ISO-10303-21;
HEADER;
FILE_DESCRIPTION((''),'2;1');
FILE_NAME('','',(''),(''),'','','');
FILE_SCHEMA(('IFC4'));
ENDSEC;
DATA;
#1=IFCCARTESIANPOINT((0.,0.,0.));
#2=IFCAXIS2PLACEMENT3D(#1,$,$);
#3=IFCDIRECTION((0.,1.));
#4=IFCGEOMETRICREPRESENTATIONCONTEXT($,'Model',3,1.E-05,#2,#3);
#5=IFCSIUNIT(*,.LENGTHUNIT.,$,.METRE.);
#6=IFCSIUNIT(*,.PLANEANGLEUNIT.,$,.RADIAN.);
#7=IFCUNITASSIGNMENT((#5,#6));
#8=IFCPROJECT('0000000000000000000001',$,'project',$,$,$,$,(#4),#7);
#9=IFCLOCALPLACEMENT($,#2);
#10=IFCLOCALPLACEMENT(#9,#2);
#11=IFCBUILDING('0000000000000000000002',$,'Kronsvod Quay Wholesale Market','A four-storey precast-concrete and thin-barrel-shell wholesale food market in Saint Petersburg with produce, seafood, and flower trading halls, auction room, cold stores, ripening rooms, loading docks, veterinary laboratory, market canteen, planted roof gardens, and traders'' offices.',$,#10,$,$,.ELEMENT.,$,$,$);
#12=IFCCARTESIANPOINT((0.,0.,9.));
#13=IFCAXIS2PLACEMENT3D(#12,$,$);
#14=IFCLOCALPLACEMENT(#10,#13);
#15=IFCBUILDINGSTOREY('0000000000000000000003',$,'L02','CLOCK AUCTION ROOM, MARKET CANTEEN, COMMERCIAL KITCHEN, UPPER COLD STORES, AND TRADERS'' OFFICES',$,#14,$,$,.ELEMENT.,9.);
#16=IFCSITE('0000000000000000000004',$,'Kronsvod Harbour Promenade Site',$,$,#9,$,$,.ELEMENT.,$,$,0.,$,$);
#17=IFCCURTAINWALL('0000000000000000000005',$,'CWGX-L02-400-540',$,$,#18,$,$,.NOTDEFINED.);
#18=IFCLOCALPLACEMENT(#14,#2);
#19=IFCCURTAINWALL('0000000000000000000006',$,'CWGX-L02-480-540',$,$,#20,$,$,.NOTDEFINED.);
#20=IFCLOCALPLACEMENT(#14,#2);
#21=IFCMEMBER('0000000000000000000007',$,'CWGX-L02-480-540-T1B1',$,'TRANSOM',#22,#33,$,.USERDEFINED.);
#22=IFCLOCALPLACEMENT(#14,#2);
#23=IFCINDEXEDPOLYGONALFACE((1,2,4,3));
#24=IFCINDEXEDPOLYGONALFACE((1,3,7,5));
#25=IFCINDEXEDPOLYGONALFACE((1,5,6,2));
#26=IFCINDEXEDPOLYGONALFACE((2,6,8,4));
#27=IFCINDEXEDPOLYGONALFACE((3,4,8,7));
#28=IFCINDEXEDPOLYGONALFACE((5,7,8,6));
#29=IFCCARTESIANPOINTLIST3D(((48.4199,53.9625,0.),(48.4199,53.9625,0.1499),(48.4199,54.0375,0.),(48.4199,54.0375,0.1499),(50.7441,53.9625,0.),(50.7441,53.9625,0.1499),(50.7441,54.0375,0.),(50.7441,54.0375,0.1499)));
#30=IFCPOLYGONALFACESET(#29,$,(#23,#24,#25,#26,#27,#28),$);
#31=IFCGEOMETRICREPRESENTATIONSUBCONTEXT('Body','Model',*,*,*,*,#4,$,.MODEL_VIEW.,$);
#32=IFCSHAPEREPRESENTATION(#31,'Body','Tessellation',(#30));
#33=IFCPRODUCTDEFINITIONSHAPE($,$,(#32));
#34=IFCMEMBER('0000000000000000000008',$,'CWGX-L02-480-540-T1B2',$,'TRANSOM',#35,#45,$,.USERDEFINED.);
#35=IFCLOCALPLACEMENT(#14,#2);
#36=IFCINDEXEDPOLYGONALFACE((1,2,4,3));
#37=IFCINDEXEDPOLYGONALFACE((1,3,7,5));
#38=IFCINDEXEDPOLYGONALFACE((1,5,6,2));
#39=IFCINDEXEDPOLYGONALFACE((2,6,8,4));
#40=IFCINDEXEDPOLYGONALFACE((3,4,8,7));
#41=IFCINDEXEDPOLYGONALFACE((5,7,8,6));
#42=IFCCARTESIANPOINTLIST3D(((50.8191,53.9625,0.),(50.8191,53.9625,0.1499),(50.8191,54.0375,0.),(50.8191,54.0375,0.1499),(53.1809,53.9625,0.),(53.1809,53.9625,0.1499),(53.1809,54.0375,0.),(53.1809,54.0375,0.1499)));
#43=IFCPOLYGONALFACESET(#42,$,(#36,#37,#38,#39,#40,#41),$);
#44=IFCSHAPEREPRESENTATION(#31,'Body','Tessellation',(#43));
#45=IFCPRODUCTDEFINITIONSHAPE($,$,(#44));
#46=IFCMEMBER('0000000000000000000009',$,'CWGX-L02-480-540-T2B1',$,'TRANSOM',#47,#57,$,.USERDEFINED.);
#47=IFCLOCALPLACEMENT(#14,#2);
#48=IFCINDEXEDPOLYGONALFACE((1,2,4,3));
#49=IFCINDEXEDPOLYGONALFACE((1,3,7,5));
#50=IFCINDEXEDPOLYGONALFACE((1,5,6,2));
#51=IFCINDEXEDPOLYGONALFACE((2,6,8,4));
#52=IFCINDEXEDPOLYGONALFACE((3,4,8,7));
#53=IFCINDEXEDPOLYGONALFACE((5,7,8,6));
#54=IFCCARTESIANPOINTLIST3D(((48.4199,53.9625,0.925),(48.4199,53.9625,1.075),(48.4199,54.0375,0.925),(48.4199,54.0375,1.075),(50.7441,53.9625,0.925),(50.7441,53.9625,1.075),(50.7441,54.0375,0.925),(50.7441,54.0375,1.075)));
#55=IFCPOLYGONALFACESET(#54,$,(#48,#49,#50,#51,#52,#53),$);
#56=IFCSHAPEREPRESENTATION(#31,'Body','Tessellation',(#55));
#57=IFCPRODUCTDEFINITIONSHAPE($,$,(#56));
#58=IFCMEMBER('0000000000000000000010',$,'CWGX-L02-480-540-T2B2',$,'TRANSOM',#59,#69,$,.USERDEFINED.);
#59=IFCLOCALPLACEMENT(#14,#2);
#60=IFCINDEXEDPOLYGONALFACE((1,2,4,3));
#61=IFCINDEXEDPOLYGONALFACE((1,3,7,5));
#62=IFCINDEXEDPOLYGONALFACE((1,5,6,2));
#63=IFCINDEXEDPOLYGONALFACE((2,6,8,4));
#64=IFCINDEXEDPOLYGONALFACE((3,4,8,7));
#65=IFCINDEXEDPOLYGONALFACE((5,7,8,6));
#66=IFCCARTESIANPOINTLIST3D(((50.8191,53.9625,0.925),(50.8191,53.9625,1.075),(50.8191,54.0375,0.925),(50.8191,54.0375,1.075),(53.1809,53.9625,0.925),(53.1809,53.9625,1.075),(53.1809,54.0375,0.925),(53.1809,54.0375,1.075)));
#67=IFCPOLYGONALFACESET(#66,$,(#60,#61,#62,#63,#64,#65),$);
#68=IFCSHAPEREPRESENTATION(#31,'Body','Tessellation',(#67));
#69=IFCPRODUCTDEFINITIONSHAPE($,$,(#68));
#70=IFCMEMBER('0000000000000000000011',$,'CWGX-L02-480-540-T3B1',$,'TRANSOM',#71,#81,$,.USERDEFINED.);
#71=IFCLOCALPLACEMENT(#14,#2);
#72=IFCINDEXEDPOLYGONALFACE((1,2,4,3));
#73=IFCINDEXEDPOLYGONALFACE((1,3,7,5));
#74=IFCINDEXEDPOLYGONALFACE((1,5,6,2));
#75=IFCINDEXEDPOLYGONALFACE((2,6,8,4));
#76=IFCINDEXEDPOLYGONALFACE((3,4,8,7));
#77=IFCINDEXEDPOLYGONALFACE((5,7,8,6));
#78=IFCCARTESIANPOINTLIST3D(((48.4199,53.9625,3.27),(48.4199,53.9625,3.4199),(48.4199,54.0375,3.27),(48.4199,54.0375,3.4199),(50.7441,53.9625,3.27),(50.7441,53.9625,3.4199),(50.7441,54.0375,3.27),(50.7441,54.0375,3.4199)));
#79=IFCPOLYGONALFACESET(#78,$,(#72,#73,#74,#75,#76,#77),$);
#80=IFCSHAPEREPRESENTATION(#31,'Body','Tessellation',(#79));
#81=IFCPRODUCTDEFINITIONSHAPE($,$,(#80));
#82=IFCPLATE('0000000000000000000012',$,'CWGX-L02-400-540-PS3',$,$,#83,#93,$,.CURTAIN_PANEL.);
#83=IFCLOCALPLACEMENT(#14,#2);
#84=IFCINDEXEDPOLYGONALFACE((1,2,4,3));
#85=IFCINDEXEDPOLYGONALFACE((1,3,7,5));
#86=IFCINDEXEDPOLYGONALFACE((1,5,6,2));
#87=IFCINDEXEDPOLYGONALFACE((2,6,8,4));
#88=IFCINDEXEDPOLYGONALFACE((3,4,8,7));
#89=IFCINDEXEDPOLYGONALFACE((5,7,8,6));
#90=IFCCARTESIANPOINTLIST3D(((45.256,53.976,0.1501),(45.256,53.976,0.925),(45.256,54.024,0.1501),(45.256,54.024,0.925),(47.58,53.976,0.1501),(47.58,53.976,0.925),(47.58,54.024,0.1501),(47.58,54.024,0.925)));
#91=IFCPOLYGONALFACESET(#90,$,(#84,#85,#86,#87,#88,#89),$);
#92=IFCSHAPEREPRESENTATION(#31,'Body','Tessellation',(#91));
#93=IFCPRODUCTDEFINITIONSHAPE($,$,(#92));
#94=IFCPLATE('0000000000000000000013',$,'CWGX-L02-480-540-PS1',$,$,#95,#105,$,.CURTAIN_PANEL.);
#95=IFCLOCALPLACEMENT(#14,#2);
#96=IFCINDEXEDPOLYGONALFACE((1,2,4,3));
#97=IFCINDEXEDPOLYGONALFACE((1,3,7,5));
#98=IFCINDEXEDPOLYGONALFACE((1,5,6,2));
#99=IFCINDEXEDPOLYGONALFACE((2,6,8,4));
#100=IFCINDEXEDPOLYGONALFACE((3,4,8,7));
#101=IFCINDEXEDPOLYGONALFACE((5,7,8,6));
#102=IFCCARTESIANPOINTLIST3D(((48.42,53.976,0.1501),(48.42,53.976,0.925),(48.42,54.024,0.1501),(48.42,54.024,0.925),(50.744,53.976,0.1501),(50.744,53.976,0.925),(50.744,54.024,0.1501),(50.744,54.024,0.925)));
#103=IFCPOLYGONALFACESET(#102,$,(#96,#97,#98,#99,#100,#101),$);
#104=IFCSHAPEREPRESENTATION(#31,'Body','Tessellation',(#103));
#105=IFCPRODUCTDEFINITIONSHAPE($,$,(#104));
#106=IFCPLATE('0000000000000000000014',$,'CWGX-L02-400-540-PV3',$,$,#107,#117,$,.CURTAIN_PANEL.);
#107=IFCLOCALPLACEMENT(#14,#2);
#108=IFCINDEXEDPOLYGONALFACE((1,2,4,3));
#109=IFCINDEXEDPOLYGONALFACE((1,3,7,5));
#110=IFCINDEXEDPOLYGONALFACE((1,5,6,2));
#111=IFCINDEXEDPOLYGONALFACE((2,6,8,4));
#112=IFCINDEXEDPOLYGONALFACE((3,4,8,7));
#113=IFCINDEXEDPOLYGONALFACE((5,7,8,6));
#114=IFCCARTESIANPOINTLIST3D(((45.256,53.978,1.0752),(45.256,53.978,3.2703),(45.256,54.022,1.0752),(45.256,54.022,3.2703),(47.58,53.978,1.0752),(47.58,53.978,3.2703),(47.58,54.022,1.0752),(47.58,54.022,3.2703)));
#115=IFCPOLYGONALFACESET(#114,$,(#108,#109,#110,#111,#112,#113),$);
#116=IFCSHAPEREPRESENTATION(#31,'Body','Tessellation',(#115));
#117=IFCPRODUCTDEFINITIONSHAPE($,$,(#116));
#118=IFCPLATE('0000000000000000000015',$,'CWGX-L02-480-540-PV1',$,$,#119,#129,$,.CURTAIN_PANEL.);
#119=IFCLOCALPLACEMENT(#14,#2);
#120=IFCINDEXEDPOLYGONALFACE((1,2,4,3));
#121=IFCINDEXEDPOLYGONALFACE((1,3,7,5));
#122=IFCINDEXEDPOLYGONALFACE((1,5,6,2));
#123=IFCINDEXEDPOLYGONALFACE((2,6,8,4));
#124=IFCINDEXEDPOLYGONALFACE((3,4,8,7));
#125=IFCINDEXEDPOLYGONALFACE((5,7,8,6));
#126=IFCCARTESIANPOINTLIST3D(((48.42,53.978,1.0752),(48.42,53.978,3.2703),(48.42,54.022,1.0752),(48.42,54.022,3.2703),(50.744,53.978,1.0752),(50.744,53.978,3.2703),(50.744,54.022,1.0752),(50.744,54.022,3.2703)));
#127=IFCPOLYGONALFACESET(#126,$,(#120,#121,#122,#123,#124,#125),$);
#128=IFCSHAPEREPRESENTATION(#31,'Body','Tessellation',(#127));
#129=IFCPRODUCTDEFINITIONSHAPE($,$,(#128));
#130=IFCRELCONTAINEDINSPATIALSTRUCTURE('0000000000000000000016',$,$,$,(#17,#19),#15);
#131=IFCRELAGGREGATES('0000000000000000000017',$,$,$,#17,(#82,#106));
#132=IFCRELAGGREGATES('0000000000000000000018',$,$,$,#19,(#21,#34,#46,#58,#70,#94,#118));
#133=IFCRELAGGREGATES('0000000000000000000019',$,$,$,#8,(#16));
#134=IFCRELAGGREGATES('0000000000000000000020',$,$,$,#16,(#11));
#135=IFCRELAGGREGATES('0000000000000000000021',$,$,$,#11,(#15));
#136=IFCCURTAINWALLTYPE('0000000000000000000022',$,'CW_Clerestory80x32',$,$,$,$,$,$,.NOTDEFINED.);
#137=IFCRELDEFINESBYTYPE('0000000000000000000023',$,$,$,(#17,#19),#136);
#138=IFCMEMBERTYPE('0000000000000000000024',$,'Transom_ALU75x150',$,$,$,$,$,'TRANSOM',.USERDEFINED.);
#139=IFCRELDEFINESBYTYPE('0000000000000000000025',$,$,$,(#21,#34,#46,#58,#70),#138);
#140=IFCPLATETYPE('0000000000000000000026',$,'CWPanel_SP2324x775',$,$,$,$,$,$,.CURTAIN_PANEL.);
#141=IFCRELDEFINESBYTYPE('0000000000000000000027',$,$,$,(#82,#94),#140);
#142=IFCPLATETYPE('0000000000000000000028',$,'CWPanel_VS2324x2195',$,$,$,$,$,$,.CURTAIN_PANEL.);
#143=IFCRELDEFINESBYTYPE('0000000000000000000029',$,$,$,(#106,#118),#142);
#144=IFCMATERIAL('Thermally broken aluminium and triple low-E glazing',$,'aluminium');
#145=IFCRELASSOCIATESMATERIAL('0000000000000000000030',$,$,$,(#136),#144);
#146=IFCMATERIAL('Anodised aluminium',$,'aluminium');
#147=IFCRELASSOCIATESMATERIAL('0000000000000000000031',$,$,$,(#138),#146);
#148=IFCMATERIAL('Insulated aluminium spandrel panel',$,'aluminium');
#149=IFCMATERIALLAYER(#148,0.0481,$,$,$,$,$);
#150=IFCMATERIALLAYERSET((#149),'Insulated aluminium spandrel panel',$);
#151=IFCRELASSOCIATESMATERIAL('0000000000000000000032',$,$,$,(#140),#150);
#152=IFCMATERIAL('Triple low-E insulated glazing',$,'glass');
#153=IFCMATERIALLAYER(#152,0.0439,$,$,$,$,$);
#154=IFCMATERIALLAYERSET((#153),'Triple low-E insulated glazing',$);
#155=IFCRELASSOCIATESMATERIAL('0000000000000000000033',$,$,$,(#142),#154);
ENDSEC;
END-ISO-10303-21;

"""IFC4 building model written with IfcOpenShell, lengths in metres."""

from ifc_helpers import new_model, si_unit, direction, frame, origin, origin_2d, place, context, subcontext, project, spatial, rectangle, extrude, material, layer, layer_set, material_profile, profile_set, type_object, element, aggregate, save


model = new_model("IFC4")

# Units and contexts
model_context = context("Model", 3, precision=1e-05, world=origin(), true_north=direction((0.0, 1.0)))
body_context = subcontext(model_context, "Body", "Model", "MODEL_VIEW")
ifc_project = project(units=[si_unit("LENGTHUNIT", "METRE"), si_unit("PLANEANGLEUNIT", "RADIAN")], contexts=[model_context])

# Site, building, storey
site_placement = place(None, origin())
site = spatial("IfcSite", under=ifc_project, at=site_placement, Name="Kronsvod Harbour Promenade Site", CompositionType="ELEMENT", RefElevation=0.0)
building_placement = place(site_placement, origin())
building = spatial("IfcBuilding", under=site, at=building_placement, Name="Kronsvod Quay Wholesale Market", Description="A four-storey precast-concrete and thin-barrel-shell wholesale food market in Saint Petersburg with produce, seafood, and flower trading halls, auction room, cold stores, ripening rooms, loading docks, veterinary laboratory, market canteen, planted roof gardens, and traders' offices.", CompositionType="ELEMENT")
storey_placement = place(building_placement, frame((0.0, 0.0, 9.0)))
storey = spatial("IfcBuildingStorey", under=building, at=storey_placement, Name="L02", Description="CLOCK AUCTION ROOM, MARKET CANTEEN, COMMERCIAL KITCHEN, UPPER COLD STORES, AND TRADERS' OFFICES", CompositionType="ELEMENT", Elevation=9.0)

# Curtain walls
ifc_material_1 = material(Name="Thermally broken aluminium and triple low-E glazing", Category="aluminium")
curtain_wall_type = type_object("IfcCurtainWallType", Name="CW_Clerestory80x32", PredefinedType="NOTDEFINED", material=ifc_material_1)
curtain_wall_1_placement = place(storey_placement, origin())
curtain_wall_1 = element("IfcCurtainWall", 1, at=curtain_wall_1_placement, inside=storey, type_object=curtain_wall_type, Name="CWGX-L02-400-540", PredefinedType="NOTDEFINED")
curtain_wall_2_placement = place(storey_placement, origin())
curtain_wall_2 = element("IfcCurtainWall", 2, at=curtain_wall_2_placement, inside=storey, type_object=curtain_wall_type, Name="CWGX-L02-480-540", PredefinedType="NOTDEFINED")

# Members
ifc_material_2 = material(Name="Anodised aluminium", Category="aluminium")
ifc_material_profile_1 = material_profile(ifc_material_2, rectangle(XDim=0.075, YDim=0.1499, at=origin_2d()), Name="ALUT75x150")
ifc_profile_set_1 = profile_set([ifc_material_profile_1], Name="Anodised aluminium")
member_type_1 = type_object("IfcMemberType", Name="Transom_ALU75x150", ElementType="TRANSOM", PredefinedType="USERDEFINED", material=ifc_profile_set_1)
member_1_placement = place(storey_placement, frame((48.4199, 54.0, 0.075), z_axis=(1.0, 0.0, 0.0), x_axis=(0.0, 1.0, 0.0)))
member_1 = element("IfcMember", 3, at=member_1_placement, type_object=member_type_1, Name="CWGX-L02-480-540-T1B1", ObjectType="TRANSOM", PredefinedType="USERDEFINED", context=body_context, shape_type="SweptSolid", body=[
    extrude(rectangle(XDim=0.075, YDim=0.1499, at=origin_2d()), origin(), (0.0, 0.0, 1.0), 2.3242),
])
member_2_placement = place(storey_placement, frame((50.8191, 54.0, 0.075), z_axis=(1.0, 0.0, 0.0), x_axis=(0.0, 1.0, 0.0)))
member_2 = element("IfcMember", 4, at=member_2_placement, type_object=member_type_1, Name="CWGX-L02-480-540-T1B2", ObjectType="TRANSOM", PredefinedType="USERDEFINED", context=body_context, shape_type="SweptSolid", body=[
    extrude(rectangle(XDim=0.075, YDim=0.1499, at=origin_2d()), origin(), (0.0, 0.0, 1.0), 2.3618),
])
member_3_placement = place(storey_placement, frame((48.4199, 54.0, 1.0), z_axis=(1.0, 0.0, 0.0), x_axis=(0.0, 1.0, 0.0)))
member_3 = element("IfcMember", 5, at=member_3_placement, type_object=member_type_1, Name="CWGX-L02-480-540-T2B1", ObjectType="TRANSOM", PredefinedType="USERDEFINED", context=body_context, shape_type="SweptSolid", body=[
    extrude(rectangle(XDim=0.075, YDim=0.1499, at=origin_2d()), origin(), (0.0, 0.0, 1.0), 2.3242),
])
member_4_placement = place(storey_placement, frame((50.8191, 54.0, 1.0), z_axis=(1.0, 0.0, 0.0), x_axis=(0.0, 1.0, 0.0)))
member_4 = element("IfcMember", 6, at=member_4_placement, type_object=member_type_1, Name="CWGX-L02-480-540-T2B2", ObjectType="TRANSOM", PredefinedType="USERDEFINED", context=body_context, shape_type="SweptSolid", body=[
    extrude(rectangle(XDim=0.075, YDim=0.1499, at=origin_2d()), origin(), (0.0, 0.0, 1.0), 2.3618),
])
member_5_placement = place(storey_placement, frame((48.4199, 54.0, 3.345), z_axis=(1.0, 0.0, 0.0), x_axis=(0.0, 1.0, 0.0)))
member_5 = element("IfcMember", 7, at=member_5_placement, type_object=member_type_1, Name="CWGX-L02-480-540-T3B1", ObjectType="TRANSOM", PredefinedType="USERDEFINED", context=body_context, shape_type="SweptSolid", body=[
    extrude(rectangle(XDim=0.075, YDim=0.1499, at=origin_2d()), origin(), (0.0, 0.0, 1.0), 2.3242),
])

# Plates
ifc_material_3 = material(Name="Insulated aluminium spandrel panel", Category="aluminium")
ifc_layer_1 = layer(ifc_material_3, 0.0481)
ifc_layer_set_1 = layer_set([ifc_layer_1], Name="Insulated aluminium spandrel panel")
plate_type_1 = type_object("IfcPlateType", Name="CWPanel_SP2324x775", PredefinedType="CURTAIN_PANEL", material=ifc_layer_set_1)
plate_1_placement = place(storey_placement, frame((46.418, 54.0, 0.1501), z_axis=(0.0, 0.0, 1.0), x_axis=(1.0, 0.0, 0.0)))
plate_1 = element("IfcPlate", 8, at=plate_1_placement, type_object=plate_type_1, Name="CWGX-L02-400-540-PS3", PredefinedType="CURTAIN_PANEL", context=body_context, shape_type="SweptSolid", body=[
    extrude(rectangle(XDim=2.324, YDim=0.0481, at=origin_2d()), origin(), (0.0, 0.0, 1.0), 0.7749),
])
plate_2_placement = place(storey_placement, frame((49.582, 54.0, 0.1501), z_axis=(0.0, 0.0, 1.0), x_axis=(1.0, 0.0, 0.0)))
plate_2 = element("IfcPlate", 9, at=plate_2_placement, type_object=plate_type_1, Name="CWGX-L02-480-540-PS1", PredefinedType="CURTAIN_PANEL", context=body_context, shape_type="SweptSolid", body=[
    extrude(rectangle(XDim=2.324, YDim=0.0481, at=origin_2d()), origin(), (0.0, 0.0, 1.0), 0.7749),
])
ifc_material_4 = material(Name="Triple low-E insulated glazing", Category="glass")
ifc_layer_2 = layer(ifc_material_4, 0.0439)
ifc_layer_set_2 = layer_set([ifc_layer_2], Name="Triple low-E insulated glazing")
plate_type_2 = type_object("IfcPlateType", Name="CWPanel_VS2324x2195", PredefinedType="CURTAIN_PANEL", material=ifc_layer_set_2)
plate_3_placement = place(storey_placement, frame((46.418, 54.0, 1.0752), z_axis=(0.0, 0.0, 1.0), x_axis=(1.0, 0.0, 0.0)))
plate_3 = element("IfcPlate", 10, at=plate_3_placement, type_object=plate_type_2, Name="CWGX-L02-400-540-PV3", PredefinedType="CURTAIN_PANEL", context=body_context, shape_type="SweptSolid", body=[
    extrude(rectangle(XDim=2.324, YDim=0.0439, at=origin_2d()), origin(), (0.0, 0.0, 1.0), 2.1951),
])
aggregate(curtain_wall_1, [plate_1, plate_3])
plate_4_placement = place(storey_placement, frame((49.582, 54.0, 1.0752), z_axis=(0.0, 0.0, 1.0), x_axis=(1.0, 0.0, 0.0)))
plate_4 = element("IfcPlate", 11, at=plate_4_placement, type_object=plate_type_2, Name="CWGX-L02-480-540-PV1", PredefinedType="CURTAIN_PANEL", context=body_context, shape_type="SweptSolid", body=[
    extrude(rectangle(XDim=2.324, YDim=0.0439, at=origin_2d()), origin(), (0.0, 0.0, 1.0), 2.1951),
])
aggregate(curtain_wall_2, [member_1, member_2, member_3, member_4, member_5, plate_2, plate_4])

save(model, "model.ifc")
